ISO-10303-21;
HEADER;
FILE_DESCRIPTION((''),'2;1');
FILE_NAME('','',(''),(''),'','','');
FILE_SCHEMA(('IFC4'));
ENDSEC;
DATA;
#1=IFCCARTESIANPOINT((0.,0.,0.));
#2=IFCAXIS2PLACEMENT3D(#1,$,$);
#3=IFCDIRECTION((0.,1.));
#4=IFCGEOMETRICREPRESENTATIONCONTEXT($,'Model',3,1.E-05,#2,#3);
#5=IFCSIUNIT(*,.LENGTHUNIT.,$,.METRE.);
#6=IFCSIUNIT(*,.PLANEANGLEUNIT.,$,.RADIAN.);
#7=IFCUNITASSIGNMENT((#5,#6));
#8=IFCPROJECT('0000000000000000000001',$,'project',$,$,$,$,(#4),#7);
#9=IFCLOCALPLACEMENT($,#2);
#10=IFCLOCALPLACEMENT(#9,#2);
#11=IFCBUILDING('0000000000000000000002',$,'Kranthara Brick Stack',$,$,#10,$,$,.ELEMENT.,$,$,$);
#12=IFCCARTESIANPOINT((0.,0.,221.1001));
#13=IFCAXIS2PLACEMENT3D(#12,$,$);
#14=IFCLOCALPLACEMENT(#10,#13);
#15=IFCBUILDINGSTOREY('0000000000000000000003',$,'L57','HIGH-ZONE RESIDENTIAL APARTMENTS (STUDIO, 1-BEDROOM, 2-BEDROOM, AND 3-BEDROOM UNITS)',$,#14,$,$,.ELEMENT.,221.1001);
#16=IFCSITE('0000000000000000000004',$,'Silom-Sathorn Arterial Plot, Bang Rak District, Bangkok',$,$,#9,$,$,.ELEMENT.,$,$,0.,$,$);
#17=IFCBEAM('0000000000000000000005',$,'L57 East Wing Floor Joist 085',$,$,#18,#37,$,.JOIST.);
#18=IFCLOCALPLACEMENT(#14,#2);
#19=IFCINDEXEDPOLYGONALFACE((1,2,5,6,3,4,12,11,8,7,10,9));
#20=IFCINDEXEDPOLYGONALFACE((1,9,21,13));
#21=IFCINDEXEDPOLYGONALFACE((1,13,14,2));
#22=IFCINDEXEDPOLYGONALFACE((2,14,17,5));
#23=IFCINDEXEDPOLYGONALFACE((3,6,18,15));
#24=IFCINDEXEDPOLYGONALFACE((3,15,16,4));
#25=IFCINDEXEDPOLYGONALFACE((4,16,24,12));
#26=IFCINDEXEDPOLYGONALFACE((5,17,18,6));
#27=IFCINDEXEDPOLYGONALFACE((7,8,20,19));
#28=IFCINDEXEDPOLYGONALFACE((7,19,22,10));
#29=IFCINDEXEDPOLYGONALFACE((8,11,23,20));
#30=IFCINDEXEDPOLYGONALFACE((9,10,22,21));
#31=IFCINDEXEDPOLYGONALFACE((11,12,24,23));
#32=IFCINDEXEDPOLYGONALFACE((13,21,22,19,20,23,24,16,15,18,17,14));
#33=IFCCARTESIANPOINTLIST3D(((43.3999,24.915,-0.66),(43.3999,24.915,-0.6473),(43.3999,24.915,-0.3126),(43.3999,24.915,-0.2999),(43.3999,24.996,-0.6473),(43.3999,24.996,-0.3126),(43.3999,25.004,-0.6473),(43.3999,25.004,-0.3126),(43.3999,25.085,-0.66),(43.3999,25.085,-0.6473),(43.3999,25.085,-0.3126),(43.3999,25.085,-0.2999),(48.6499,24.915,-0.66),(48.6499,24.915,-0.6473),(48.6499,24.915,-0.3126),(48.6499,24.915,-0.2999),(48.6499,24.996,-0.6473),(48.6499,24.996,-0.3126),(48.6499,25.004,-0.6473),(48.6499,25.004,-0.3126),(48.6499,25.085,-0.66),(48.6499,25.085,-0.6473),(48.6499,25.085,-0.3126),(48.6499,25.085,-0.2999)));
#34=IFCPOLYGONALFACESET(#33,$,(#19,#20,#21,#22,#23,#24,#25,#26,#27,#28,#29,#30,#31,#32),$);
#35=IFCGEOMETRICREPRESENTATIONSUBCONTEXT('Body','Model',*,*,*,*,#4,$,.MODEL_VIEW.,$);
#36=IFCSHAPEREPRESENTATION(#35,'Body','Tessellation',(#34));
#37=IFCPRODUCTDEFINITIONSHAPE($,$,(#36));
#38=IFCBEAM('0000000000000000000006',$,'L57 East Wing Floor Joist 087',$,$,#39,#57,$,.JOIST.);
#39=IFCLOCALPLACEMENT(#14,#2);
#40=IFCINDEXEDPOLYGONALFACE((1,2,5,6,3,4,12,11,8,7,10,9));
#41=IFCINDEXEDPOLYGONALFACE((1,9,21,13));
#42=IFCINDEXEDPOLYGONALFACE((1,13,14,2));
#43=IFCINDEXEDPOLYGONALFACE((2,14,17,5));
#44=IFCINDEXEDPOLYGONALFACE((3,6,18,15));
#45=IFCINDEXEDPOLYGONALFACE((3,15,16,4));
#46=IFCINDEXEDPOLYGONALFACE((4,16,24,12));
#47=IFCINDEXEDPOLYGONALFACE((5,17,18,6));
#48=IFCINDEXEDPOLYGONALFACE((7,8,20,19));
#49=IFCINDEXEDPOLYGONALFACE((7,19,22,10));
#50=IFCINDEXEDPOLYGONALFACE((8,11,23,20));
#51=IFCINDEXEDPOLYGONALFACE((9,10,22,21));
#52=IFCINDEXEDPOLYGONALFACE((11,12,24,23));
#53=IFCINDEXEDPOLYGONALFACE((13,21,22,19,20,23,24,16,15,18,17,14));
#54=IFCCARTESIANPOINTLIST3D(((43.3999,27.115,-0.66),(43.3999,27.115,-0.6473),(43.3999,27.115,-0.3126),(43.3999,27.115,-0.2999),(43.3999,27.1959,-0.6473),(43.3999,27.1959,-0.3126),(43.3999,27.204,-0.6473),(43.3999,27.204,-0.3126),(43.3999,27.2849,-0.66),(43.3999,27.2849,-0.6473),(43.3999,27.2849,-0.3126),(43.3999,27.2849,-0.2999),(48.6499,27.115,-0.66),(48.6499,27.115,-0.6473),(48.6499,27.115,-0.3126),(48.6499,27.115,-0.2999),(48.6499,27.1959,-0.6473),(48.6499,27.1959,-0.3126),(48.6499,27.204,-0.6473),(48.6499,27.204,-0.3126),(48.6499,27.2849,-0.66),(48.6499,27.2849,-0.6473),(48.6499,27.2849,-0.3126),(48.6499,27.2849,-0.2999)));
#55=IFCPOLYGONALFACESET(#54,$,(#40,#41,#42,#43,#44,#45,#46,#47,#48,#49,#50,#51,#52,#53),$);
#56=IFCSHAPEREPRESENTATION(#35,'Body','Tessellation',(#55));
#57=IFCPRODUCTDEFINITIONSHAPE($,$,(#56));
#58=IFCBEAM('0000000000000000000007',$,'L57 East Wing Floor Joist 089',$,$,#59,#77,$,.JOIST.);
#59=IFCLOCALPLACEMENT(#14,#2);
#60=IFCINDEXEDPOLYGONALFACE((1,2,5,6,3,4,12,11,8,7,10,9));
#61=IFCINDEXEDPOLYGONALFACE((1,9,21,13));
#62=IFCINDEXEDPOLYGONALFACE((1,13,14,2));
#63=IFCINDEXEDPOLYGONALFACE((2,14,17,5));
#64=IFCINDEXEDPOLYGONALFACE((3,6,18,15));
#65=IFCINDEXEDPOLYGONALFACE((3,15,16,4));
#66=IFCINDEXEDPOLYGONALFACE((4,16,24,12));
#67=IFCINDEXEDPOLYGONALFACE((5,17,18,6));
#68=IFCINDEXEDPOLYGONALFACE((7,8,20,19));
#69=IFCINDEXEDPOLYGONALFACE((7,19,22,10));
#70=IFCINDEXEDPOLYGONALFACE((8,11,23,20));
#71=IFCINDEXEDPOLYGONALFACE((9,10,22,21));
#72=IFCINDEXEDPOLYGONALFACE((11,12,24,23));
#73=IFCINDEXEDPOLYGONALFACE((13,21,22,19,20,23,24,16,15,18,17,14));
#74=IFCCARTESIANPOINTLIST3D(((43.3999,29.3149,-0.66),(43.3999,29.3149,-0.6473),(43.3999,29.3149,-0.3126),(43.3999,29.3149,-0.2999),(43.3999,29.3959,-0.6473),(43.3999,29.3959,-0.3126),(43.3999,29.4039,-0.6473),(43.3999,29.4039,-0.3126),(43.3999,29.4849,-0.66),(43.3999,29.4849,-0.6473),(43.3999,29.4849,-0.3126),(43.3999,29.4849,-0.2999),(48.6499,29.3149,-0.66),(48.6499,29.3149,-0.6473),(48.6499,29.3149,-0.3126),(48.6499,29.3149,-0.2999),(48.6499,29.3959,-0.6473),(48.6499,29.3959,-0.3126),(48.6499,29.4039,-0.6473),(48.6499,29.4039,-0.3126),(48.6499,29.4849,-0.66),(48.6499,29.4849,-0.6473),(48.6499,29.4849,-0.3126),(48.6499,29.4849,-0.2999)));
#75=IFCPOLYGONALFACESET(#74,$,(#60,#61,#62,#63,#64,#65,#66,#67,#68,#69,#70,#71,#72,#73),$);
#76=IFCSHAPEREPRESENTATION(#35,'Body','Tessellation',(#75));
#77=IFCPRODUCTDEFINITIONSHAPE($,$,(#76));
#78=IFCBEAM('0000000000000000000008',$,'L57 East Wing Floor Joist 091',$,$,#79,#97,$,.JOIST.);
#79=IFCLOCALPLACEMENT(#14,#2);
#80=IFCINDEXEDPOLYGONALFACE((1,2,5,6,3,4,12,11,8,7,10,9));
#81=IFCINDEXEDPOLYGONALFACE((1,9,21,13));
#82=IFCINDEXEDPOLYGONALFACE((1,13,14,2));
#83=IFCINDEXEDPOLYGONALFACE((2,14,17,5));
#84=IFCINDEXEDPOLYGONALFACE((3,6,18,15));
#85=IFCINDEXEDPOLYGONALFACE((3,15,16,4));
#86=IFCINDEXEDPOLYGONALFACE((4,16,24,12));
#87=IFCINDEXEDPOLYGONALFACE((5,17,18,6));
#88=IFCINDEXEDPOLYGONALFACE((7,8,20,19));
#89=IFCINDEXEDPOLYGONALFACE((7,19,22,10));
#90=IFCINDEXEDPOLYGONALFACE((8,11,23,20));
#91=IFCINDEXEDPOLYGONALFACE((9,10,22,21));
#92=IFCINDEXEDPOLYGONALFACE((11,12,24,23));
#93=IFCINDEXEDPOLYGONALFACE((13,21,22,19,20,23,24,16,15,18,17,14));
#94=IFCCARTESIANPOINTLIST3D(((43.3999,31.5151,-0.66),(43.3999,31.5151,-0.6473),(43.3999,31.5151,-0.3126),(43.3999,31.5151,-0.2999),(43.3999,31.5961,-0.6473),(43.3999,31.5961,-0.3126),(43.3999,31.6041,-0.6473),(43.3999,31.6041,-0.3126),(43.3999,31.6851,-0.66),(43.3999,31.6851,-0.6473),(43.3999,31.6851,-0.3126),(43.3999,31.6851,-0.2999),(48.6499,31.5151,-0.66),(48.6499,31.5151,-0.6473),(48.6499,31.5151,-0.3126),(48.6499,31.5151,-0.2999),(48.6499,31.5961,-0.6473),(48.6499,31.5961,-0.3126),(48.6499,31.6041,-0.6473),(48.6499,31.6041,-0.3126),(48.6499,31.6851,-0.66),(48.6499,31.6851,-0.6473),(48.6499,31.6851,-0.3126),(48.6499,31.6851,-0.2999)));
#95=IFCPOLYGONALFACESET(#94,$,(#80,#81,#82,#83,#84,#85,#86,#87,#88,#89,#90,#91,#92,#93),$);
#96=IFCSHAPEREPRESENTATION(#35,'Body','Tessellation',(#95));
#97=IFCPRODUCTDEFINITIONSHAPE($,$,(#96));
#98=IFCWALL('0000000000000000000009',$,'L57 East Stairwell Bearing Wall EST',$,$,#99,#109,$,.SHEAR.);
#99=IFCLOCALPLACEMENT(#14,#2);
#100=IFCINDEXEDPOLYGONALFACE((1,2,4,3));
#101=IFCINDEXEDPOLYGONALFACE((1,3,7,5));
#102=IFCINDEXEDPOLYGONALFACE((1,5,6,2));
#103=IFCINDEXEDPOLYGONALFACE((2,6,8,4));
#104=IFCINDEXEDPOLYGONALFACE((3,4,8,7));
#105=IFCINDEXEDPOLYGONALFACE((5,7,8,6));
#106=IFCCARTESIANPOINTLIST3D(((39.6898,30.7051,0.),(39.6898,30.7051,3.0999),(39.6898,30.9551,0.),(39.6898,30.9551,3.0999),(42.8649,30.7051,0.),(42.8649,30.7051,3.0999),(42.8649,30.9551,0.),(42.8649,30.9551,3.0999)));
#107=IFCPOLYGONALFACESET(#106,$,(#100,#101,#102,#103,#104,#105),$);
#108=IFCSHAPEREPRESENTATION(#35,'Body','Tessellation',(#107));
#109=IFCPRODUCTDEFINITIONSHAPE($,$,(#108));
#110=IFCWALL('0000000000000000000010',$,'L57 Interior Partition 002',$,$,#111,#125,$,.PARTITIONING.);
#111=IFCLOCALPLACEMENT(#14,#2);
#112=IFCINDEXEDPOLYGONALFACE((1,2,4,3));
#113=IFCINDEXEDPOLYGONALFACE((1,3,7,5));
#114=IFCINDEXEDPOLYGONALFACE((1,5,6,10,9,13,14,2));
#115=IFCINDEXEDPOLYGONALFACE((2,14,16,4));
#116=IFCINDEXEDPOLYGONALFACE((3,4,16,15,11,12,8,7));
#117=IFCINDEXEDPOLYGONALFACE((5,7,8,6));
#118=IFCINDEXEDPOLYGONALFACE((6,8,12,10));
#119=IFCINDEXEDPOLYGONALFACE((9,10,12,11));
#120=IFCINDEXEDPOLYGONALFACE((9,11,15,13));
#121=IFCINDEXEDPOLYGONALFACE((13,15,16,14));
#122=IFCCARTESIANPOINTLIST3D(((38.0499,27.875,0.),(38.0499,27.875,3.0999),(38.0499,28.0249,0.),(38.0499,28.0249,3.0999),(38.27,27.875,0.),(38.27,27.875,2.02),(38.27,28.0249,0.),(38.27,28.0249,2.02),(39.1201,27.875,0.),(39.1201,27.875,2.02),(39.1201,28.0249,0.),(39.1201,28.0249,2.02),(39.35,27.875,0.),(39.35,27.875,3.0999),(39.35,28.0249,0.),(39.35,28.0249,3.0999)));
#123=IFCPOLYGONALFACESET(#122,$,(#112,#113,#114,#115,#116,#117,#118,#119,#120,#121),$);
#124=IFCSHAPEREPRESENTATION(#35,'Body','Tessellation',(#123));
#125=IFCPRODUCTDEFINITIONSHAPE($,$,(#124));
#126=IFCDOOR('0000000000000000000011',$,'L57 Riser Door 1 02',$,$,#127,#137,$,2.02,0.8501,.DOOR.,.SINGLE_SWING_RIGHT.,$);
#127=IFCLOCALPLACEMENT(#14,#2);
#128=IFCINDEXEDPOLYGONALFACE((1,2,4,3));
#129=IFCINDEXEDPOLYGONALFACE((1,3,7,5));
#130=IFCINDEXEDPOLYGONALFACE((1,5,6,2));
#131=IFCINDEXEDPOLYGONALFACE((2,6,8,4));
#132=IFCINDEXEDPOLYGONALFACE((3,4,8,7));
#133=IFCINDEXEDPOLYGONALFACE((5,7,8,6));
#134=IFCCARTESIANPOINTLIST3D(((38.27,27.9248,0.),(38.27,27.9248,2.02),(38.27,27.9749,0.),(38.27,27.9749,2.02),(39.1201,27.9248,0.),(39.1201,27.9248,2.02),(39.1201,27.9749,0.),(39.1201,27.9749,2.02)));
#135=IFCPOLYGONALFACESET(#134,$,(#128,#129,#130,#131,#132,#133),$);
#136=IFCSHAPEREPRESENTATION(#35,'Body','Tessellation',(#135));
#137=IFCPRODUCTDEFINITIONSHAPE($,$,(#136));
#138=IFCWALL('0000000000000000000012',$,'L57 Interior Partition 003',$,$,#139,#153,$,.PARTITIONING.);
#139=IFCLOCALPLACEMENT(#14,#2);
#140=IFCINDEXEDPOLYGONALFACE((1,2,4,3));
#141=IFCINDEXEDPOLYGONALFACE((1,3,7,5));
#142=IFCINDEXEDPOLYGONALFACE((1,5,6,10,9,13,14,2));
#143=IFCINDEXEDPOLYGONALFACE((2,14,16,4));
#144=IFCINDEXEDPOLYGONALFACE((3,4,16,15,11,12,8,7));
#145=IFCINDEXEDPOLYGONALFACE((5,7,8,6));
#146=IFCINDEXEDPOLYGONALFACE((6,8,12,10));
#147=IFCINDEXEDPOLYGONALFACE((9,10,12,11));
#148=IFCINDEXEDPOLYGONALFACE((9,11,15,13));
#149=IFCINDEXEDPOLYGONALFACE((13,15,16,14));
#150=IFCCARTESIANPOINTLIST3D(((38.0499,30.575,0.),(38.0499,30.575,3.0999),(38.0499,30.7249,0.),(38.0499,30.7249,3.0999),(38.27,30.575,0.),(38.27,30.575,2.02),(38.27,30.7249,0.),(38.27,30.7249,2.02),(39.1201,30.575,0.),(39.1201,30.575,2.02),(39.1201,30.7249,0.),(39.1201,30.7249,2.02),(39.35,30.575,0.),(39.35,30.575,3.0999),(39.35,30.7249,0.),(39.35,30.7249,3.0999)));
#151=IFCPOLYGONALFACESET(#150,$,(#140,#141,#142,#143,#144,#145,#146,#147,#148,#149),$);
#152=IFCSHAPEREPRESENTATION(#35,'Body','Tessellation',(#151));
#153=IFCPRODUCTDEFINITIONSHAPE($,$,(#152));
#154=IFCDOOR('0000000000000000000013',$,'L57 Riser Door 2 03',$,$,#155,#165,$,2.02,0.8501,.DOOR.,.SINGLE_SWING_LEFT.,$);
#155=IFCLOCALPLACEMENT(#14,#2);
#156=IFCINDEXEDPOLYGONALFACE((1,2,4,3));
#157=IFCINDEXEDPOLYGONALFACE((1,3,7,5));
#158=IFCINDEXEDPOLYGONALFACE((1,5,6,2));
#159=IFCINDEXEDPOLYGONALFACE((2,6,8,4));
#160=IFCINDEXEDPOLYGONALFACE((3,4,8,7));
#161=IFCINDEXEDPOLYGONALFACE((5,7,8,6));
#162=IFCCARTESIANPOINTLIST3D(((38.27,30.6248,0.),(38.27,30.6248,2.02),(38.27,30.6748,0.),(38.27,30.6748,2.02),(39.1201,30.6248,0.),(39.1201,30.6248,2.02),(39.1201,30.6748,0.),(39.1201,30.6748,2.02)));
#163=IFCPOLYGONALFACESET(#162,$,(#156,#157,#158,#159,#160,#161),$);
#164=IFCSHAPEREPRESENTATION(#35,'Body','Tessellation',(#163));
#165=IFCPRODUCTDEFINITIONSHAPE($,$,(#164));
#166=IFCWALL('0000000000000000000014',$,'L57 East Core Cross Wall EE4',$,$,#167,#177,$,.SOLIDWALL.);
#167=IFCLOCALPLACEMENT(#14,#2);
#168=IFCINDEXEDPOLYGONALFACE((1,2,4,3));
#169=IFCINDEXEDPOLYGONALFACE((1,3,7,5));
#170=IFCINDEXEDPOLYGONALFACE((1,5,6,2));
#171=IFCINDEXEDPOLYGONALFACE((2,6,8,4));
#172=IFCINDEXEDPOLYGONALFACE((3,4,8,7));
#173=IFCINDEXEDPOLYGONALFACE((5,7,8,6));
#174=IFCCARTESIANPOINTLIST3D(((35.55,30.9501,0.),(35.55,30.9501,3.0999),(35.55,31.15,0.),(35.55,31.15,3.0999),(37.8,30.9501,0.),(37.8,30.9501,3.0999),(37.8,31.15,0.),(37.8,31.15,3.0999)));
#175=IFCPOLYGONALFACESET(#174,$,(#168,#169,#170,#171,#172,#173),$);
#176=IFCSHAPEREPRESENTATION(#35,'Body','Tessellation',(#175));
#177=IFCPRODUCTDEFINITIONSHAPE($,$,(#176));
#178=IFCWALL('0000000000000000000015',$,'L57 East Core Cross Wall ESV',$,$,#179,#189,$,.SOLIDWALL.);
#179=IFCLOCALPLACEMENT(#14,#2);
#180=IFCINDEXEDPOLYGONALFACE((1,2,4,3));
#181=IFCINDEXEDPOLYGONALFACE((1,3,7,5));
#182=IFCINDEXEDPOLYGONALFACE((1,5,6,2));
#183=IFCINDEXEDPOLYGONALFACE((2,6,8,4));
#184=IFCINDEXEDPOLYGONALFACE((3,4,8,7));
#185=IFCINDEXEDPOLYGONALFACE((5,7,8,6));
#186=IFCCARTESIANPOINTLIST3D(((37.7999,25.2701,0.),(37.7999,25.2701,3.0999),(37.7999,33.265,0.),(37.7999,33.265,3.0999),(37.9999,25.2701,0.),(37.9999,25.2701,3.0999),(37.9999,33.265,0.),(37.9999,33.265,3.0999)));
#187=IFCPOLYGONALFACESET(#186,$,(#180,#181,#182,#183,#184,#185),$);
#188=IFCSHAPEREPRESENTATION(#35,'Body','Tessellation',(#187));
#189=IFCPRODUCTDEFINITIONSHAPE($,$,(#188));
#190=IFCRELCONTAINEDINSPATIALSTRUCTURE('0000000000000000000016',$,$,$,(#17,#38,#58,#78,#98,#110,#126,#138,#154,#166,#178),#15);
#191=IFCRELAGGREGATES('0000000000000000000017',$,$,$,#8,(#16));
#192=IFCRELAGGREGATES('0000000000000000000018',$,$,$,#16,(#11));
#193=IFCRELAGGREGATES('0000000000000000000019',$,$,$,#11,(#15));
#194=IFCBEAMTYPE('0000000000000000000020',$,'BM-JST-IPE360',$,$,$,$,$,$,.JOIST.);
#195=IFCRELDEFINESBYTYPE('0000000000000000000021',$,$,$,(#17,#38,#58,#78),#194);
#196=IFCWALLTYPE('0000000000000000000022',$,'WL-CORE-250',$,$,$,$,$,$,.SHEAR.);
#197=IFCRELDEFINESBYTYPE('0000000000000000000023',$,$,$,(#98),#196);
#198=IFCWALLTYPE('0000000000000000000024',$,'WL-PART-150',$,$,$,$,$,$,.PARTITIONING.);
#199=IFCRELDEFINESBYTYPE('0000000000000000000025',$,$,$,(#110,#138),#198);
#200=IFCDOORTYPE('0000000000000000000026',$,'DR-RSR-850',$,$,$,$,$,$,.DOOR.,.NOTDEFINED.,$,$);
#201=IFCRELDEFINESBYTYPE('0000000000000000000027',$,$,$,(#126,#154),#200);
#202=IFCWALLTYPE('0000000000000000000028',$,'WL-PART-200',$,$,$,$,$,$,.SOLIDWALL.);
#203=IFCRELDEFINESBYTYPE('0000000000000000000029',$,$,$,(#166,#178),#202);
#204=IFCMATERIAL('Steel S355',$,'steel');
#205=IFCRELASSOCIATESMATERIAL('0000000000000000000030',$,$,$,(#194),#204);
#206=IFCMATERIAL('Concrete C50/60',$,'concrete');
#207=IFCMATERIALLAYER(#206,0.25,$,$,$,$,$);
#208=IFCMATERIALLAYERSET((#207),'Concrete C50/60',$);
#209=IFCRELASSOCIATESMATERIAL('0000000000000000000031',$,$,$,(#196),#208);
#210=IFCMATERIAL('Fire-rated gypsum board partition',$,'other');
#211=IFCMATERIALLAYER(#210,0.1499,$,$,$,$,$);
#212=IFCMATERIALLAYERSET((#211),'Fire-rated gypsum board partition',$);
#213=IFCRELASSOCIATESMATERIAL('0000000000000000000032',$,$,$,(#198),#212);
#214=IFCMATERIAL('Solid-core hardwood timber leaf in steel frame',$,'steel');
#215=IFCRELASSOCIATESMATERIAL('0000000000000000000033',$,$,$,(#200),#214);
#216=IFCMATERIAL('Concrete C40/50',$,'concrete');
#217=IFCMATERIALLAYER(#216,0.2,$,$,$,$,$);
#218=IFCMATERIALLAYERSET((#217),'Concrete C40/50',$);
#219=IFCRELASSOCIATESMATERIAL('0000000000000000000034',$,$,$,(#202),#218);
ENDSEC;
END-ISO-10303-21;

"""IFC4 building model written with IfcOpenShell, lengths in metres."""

from ifc_helpers import new_model, si_unit, direction, frame, frame_2d, origin, origin_2d, place, context, subcontext, project, spatial, rectangle, i_section, extrude, material, layer, layer_set, material_profile, profile_set, type_object, element, fill, save


model = new_model("IFC4")

# Units and contexts
model_context = context("Model", 3, precision=1e-05, world=origin(), true_north=direction((0.0, 1.0)))
body_context = subcontext(model_context, "Body", "Model", "MODEL_VIEW")
ifc_project = project(units=[si_unit("LENGTHUNIT", "METRE"), si_unit("PLANEANGLEUNIT", "RADIAN")], contexts=[model_context])

# Site, building, storey
site_placement = place(None, origin())
site = spatial("IfcSite", under=ifc_project, at=site_placement, Name="Silom-Sathorn Arterial Plot, Bang Rak District, Bangkok", CompositionType="ELEMENT", RefElevation=0.0)
building_placement = place(site_placement, origin())
building = spatial("IfcBuilding", under=site, at=building_placement, Name="Kranthara Brick Stack", CompositionType="ELEMENT")
storey_placement = place(building_placement, frame((0.0, 0.0, 221.1001)))
storey = spatial("IfcBuildingStorey", under=building, at=storey_placement, Name="L57", Description="HIGH-ZONE RESIDENTIAL APARTMENTS (STUDIO, 1-BEDROOM, 2-BEDROOM, AND 3-BEDROOM UNITS)", CompositionType="ELEMENT", Elevation=221.1001)

# Beams
ifc_material_1 = material(Name="Steel S355", Category="steel")
ifc_material_profile = material_profile(ifc_material_1, i_section(OverallWidth=0.1699, OverallDepth=0.3601, WebThickness=0.0081, FlangeThickness=0.0127, at=origin_2d()), Name="IPE 360")
ifc_profile_set = profile_set([ifc_material_profile], Name="Steel S355")
beam_type = type_object("IfcBeamType", Name="BM-JST-IPE360", PredefinedType="JOIST", material=ifc_profile_set)
for number, where, z_axis, x_axis, name in (
    (1, (43.3999, 25.0, -0.48), (1.0, 0.0, 0.0), (0.0, 1.0, 0.0), "L57 East Wing Floor Joist 085"),
    (2, (43.3999, 27.2, -0.48), (1.0, 0.0, 0.0), (0.0, 1.0, 0.0), "L57 East Wing Floor Joist 087"),
    (3, (43.3999, 29.3999, -0.48), (1.0, 0.0, 0.0), (0.0, 1.0, 0.0), "L57 East Wing Floor Joist 089"),
    (4, (43.3999, 31.6001, -0.48), (1.0, 0.0, 0.0), (0.0, 1.0, 0.0), "L57 East Wing Floor Joist 091"),
):
    element("IfcBeam", number, at=place(storey_placement, frame(where, z_axis=z_axis, x_axis=x_axis)), inside=storey, type_object=beam_type, Name=name, PredefinedType="JOIST", context=body_context, shape_type="SweptSolid", body=[
        extrude(i_section(OverallWidth=0.1699, OverallDepth=0.3601, WebThickness=0.0081, FlangeThickness=0.0127, at=origin_2d()), origin(), (0.0, 0.0, 1.0), 5.25),
    ])

# Wall
ifc_material_2 = material(Name="Concrete C50/60", Category="concrete")
ifc_layer_1 = layer(ifc_material_2, 0.25)
ifc_layer_set_1 = layer_set([ifc_layer_1], Name="Concrete C50/60")
wall_type_1 = type_object("IfcWallType", Name="WL-CORE-250", PredefinedType="SHEAR", material=ifc_layer_set_1)
wall_1_placement = place(storey_placement, frame((39.6899, 30.8301, 0.0), z_axis=(0.0, 0.0, 1.0), x_axis=(1.0, 0.0, 0.0)))
element("IfcWall", 5, at=wall_1_placement, inside=storey, type_object=wall_type_1, Name="L57 East Stairwell Bearing Wall EST", PredefinedType="SHEAR", context=body_context, shape_type="SweptSolid", body=[
    extrude(rectangle(XDim=3.175, YDim=0.25, at=frame_2d((1.5874, 0.0))), origin(), (0.0, 0.0, 1.0), 3.0999),
])

# Walls, openings, doors
ifc_material_3 = material(Name="Fire-rated gypsum board partition", Category="other")
ifc_layer_2 = layer(ifc_material_3, 0.1499)
ifc_layer_set_2 = layer_set([ifc_layer_2], Name="Fire-rated gypsum board partition")
wall_type_2 = type_object("IfcWallType", Name="WL-PART-150", PredefinedType="PARTITIONING", material=ifc_layer_set_2)
wall_2_placement = place(storey_placement, frame((38.05, 27.95, 0.0), z_axis=(0.0, 0.0, 1.0), x_axis=(1.0, 0.0, 0.0)))
wall_2 = element("IfcWall", 6, at=wall_2_placement, inside=storey, type_object=wall_type_2, Name="L57 Interior Partition 002", PredefinedType="PARTITIONING", context=body_context, shape_type="SweptSolid", body=[
    extrude(rectangle(XDim=1.3, YDim=0.1499, at=frame_2d((0.6499, 0.0))), origin(), (0.0, 0.0, 1.0), 3.0999),
])
opening_1_placement = place(wall_2_placement, frame((0.22, 0.0, 0.0)))
opening_1 = element("IfcOpeningElement", 7, at=opening_1_placement, cuts=wall_2, PredefinedType="OPENING", context=body_context, shape_type="SweptSolid", body=[
    extrude(rectangle(XDim=0.8501, YDim=2.02, at=frame_2d((0.425, 1.01))), frame((0.0, 0.085, 0.0), z_axis=(0.0, -1.0, 0.0), x_axis=(1.0, 0.0, 0.0)), (0.0, 0.0, 1.0), 0.1699),
])
ifc_material_4 = material(Name="Solid-core hardwood timber leaf in steel frame", Category="steel")
door_type = type_object("IfcDoorType", Name="DR-RSR-850", OperationType="NOTDEFINED", PredefinedType="DOOR", material=ifc_material_4)
door_1_placement = place(opening_1_placement, origin())
door_1 = element("IfcDoor", 8, at=door_1_placement, inside=storey, type_object=door_type, Name="L57 Riser Door 1 02", OperationType="SINGLE_SWING_RIGHT", OverallHeight=2.02, OverallWidth=0.8501, PredefinedType="DOOR", context=body_context, shape_type="SweptSolid", body=[
    extrude(rectangle(XDim=0.8501, YDim=2.02, at=frame_2d((0.425, 1.01))), frame((0.0, 0.0249, 0.0), z_axis=(0.0, -1.0, 0.0), x_axis=(1.0, 0.0, 0.0)), (0.0, 0.0, 1.0), 0.05),
])
fill(opening_1, door_1)
wall_3_placement = place(storey_placement, frame((38.05, 30.6499, 0.0), z_axis=(0.0, 0.0, 1.0), x_axis=(1.0, 0.0, 0.0)))
wall_3 = element("IfcWall", 9, at=wall_3_placement, inside=storey, type_object=wall_type_2, Name="L57 Interior Partition 003", PredefinedType="PARTITIONING", context=body_context, shape_type="SweptSolid", body=[
    extrude(rectangle(XDim=1.3, YDim=0.1499, at=frame_2d((0.6499, 0.0))), origin(), (0.0, 0.0, 1.0), 3.0999),
])
opening_2_placement = place(wall_3_placement, frame((0.22, 0.0, 0.0)))
opening_2 = element("IfcOpeningElement", 10, at=opening_2_placement, cuts=wall_3, PredefinedType="OPENING", context=body_context, shape_type="SweptSolid", body=[
    extrude(rectangle(XDim=0.8501, YDim=2.02, at=frame_2d((0.425, 1.01))), frame((0.0, 0.085, 0.0), z_axis=(0.0, -1.0, 0.0), x_axis=(1.0, 0.0, 0.0)), (0.0, 0.0, 1.0), 0.1699),
])
door_2_placement = place(opening_2_placement, origin())
door_2 = element("IfcDoor", 11, at=door_2_placement, inside=storey, type_object=door_type, Name="L57 Riser Door 2 03", OperationType="SINGLE_SWING_LEFT", OverallHeight=2.02, OverallWidth=0.8501, PredefinedType="DOOR", context=body_context, shape_type="SweptSolid", body=[
    extrude(rectangle(XDim=0.8501, YDim=2.02, at=frame_2d((0.425, 1.01))), frame((0.0, 0.0249, 0.0), z_axis=(0.0, -1.0, 0.0), x_axis=(1.0, 0.0, 0.0)), (0.0, 0.0, 1.0), 0.05),
])
fill(opening_2, door_2)

# Walls
ifc_material_5 = material(Name="Concrete C40/50", Category="concrete")
ifc_layer_3 = layer(ifc_material_5, 0.2)
ifc_layer_set_3 = layer_set([ifc_layer_3], Name="Concrete C40/50")
wall_type_3 = type_object("IfcWallType", Name="WL-PART-200", PredefinedType="SOLIDWALL", material=ifc_layer_set_3)
wall_4_placement = place(storey_placement, frame((35.55, 31.05, 0.0), z_axis=(0.0, 0.0, 1.0), x_axis=(1.0, 0.0, 0.0)))
element("IfcWall", 12, at=wall_4_placement, inside=storey, type_object=wall_type_3, Name="L57 East Core Cross Wall EE4", PredefinedType="SOLIDWALL", context=body_context, shape_type="SweptSolid", body=[
    extrude(rectangle(XDim=2.25, YDim=0.2, at=frame_2d((1.125, 0.0))), origin(), (0.0, 0.0, 1.0), 3.0999),
])
wall_5_placement = place(storey_placement, frame((37.8999, 25.27, 0.0), z_axis=(0.0, 0.0, 1.0), x_axis=(0.0, 1.0, 0.0)))
element("IfcWall", 13, at=wall_5_placement, inside=storey, type_object=wall_type_3, Name="L57 East Core Cross Wall ESV", PredefinedType="SOLIDWALL", context=body_context, shape_type="SweptSolid", body=[
    extrude(rectangle(XDim=7.9949, YDim=0.2, at=frame_2d((3.9976, 0.0))), origin(), (0.0, 0.0, 1.0), 3.0999),
])

save(model, "model.ifc")
